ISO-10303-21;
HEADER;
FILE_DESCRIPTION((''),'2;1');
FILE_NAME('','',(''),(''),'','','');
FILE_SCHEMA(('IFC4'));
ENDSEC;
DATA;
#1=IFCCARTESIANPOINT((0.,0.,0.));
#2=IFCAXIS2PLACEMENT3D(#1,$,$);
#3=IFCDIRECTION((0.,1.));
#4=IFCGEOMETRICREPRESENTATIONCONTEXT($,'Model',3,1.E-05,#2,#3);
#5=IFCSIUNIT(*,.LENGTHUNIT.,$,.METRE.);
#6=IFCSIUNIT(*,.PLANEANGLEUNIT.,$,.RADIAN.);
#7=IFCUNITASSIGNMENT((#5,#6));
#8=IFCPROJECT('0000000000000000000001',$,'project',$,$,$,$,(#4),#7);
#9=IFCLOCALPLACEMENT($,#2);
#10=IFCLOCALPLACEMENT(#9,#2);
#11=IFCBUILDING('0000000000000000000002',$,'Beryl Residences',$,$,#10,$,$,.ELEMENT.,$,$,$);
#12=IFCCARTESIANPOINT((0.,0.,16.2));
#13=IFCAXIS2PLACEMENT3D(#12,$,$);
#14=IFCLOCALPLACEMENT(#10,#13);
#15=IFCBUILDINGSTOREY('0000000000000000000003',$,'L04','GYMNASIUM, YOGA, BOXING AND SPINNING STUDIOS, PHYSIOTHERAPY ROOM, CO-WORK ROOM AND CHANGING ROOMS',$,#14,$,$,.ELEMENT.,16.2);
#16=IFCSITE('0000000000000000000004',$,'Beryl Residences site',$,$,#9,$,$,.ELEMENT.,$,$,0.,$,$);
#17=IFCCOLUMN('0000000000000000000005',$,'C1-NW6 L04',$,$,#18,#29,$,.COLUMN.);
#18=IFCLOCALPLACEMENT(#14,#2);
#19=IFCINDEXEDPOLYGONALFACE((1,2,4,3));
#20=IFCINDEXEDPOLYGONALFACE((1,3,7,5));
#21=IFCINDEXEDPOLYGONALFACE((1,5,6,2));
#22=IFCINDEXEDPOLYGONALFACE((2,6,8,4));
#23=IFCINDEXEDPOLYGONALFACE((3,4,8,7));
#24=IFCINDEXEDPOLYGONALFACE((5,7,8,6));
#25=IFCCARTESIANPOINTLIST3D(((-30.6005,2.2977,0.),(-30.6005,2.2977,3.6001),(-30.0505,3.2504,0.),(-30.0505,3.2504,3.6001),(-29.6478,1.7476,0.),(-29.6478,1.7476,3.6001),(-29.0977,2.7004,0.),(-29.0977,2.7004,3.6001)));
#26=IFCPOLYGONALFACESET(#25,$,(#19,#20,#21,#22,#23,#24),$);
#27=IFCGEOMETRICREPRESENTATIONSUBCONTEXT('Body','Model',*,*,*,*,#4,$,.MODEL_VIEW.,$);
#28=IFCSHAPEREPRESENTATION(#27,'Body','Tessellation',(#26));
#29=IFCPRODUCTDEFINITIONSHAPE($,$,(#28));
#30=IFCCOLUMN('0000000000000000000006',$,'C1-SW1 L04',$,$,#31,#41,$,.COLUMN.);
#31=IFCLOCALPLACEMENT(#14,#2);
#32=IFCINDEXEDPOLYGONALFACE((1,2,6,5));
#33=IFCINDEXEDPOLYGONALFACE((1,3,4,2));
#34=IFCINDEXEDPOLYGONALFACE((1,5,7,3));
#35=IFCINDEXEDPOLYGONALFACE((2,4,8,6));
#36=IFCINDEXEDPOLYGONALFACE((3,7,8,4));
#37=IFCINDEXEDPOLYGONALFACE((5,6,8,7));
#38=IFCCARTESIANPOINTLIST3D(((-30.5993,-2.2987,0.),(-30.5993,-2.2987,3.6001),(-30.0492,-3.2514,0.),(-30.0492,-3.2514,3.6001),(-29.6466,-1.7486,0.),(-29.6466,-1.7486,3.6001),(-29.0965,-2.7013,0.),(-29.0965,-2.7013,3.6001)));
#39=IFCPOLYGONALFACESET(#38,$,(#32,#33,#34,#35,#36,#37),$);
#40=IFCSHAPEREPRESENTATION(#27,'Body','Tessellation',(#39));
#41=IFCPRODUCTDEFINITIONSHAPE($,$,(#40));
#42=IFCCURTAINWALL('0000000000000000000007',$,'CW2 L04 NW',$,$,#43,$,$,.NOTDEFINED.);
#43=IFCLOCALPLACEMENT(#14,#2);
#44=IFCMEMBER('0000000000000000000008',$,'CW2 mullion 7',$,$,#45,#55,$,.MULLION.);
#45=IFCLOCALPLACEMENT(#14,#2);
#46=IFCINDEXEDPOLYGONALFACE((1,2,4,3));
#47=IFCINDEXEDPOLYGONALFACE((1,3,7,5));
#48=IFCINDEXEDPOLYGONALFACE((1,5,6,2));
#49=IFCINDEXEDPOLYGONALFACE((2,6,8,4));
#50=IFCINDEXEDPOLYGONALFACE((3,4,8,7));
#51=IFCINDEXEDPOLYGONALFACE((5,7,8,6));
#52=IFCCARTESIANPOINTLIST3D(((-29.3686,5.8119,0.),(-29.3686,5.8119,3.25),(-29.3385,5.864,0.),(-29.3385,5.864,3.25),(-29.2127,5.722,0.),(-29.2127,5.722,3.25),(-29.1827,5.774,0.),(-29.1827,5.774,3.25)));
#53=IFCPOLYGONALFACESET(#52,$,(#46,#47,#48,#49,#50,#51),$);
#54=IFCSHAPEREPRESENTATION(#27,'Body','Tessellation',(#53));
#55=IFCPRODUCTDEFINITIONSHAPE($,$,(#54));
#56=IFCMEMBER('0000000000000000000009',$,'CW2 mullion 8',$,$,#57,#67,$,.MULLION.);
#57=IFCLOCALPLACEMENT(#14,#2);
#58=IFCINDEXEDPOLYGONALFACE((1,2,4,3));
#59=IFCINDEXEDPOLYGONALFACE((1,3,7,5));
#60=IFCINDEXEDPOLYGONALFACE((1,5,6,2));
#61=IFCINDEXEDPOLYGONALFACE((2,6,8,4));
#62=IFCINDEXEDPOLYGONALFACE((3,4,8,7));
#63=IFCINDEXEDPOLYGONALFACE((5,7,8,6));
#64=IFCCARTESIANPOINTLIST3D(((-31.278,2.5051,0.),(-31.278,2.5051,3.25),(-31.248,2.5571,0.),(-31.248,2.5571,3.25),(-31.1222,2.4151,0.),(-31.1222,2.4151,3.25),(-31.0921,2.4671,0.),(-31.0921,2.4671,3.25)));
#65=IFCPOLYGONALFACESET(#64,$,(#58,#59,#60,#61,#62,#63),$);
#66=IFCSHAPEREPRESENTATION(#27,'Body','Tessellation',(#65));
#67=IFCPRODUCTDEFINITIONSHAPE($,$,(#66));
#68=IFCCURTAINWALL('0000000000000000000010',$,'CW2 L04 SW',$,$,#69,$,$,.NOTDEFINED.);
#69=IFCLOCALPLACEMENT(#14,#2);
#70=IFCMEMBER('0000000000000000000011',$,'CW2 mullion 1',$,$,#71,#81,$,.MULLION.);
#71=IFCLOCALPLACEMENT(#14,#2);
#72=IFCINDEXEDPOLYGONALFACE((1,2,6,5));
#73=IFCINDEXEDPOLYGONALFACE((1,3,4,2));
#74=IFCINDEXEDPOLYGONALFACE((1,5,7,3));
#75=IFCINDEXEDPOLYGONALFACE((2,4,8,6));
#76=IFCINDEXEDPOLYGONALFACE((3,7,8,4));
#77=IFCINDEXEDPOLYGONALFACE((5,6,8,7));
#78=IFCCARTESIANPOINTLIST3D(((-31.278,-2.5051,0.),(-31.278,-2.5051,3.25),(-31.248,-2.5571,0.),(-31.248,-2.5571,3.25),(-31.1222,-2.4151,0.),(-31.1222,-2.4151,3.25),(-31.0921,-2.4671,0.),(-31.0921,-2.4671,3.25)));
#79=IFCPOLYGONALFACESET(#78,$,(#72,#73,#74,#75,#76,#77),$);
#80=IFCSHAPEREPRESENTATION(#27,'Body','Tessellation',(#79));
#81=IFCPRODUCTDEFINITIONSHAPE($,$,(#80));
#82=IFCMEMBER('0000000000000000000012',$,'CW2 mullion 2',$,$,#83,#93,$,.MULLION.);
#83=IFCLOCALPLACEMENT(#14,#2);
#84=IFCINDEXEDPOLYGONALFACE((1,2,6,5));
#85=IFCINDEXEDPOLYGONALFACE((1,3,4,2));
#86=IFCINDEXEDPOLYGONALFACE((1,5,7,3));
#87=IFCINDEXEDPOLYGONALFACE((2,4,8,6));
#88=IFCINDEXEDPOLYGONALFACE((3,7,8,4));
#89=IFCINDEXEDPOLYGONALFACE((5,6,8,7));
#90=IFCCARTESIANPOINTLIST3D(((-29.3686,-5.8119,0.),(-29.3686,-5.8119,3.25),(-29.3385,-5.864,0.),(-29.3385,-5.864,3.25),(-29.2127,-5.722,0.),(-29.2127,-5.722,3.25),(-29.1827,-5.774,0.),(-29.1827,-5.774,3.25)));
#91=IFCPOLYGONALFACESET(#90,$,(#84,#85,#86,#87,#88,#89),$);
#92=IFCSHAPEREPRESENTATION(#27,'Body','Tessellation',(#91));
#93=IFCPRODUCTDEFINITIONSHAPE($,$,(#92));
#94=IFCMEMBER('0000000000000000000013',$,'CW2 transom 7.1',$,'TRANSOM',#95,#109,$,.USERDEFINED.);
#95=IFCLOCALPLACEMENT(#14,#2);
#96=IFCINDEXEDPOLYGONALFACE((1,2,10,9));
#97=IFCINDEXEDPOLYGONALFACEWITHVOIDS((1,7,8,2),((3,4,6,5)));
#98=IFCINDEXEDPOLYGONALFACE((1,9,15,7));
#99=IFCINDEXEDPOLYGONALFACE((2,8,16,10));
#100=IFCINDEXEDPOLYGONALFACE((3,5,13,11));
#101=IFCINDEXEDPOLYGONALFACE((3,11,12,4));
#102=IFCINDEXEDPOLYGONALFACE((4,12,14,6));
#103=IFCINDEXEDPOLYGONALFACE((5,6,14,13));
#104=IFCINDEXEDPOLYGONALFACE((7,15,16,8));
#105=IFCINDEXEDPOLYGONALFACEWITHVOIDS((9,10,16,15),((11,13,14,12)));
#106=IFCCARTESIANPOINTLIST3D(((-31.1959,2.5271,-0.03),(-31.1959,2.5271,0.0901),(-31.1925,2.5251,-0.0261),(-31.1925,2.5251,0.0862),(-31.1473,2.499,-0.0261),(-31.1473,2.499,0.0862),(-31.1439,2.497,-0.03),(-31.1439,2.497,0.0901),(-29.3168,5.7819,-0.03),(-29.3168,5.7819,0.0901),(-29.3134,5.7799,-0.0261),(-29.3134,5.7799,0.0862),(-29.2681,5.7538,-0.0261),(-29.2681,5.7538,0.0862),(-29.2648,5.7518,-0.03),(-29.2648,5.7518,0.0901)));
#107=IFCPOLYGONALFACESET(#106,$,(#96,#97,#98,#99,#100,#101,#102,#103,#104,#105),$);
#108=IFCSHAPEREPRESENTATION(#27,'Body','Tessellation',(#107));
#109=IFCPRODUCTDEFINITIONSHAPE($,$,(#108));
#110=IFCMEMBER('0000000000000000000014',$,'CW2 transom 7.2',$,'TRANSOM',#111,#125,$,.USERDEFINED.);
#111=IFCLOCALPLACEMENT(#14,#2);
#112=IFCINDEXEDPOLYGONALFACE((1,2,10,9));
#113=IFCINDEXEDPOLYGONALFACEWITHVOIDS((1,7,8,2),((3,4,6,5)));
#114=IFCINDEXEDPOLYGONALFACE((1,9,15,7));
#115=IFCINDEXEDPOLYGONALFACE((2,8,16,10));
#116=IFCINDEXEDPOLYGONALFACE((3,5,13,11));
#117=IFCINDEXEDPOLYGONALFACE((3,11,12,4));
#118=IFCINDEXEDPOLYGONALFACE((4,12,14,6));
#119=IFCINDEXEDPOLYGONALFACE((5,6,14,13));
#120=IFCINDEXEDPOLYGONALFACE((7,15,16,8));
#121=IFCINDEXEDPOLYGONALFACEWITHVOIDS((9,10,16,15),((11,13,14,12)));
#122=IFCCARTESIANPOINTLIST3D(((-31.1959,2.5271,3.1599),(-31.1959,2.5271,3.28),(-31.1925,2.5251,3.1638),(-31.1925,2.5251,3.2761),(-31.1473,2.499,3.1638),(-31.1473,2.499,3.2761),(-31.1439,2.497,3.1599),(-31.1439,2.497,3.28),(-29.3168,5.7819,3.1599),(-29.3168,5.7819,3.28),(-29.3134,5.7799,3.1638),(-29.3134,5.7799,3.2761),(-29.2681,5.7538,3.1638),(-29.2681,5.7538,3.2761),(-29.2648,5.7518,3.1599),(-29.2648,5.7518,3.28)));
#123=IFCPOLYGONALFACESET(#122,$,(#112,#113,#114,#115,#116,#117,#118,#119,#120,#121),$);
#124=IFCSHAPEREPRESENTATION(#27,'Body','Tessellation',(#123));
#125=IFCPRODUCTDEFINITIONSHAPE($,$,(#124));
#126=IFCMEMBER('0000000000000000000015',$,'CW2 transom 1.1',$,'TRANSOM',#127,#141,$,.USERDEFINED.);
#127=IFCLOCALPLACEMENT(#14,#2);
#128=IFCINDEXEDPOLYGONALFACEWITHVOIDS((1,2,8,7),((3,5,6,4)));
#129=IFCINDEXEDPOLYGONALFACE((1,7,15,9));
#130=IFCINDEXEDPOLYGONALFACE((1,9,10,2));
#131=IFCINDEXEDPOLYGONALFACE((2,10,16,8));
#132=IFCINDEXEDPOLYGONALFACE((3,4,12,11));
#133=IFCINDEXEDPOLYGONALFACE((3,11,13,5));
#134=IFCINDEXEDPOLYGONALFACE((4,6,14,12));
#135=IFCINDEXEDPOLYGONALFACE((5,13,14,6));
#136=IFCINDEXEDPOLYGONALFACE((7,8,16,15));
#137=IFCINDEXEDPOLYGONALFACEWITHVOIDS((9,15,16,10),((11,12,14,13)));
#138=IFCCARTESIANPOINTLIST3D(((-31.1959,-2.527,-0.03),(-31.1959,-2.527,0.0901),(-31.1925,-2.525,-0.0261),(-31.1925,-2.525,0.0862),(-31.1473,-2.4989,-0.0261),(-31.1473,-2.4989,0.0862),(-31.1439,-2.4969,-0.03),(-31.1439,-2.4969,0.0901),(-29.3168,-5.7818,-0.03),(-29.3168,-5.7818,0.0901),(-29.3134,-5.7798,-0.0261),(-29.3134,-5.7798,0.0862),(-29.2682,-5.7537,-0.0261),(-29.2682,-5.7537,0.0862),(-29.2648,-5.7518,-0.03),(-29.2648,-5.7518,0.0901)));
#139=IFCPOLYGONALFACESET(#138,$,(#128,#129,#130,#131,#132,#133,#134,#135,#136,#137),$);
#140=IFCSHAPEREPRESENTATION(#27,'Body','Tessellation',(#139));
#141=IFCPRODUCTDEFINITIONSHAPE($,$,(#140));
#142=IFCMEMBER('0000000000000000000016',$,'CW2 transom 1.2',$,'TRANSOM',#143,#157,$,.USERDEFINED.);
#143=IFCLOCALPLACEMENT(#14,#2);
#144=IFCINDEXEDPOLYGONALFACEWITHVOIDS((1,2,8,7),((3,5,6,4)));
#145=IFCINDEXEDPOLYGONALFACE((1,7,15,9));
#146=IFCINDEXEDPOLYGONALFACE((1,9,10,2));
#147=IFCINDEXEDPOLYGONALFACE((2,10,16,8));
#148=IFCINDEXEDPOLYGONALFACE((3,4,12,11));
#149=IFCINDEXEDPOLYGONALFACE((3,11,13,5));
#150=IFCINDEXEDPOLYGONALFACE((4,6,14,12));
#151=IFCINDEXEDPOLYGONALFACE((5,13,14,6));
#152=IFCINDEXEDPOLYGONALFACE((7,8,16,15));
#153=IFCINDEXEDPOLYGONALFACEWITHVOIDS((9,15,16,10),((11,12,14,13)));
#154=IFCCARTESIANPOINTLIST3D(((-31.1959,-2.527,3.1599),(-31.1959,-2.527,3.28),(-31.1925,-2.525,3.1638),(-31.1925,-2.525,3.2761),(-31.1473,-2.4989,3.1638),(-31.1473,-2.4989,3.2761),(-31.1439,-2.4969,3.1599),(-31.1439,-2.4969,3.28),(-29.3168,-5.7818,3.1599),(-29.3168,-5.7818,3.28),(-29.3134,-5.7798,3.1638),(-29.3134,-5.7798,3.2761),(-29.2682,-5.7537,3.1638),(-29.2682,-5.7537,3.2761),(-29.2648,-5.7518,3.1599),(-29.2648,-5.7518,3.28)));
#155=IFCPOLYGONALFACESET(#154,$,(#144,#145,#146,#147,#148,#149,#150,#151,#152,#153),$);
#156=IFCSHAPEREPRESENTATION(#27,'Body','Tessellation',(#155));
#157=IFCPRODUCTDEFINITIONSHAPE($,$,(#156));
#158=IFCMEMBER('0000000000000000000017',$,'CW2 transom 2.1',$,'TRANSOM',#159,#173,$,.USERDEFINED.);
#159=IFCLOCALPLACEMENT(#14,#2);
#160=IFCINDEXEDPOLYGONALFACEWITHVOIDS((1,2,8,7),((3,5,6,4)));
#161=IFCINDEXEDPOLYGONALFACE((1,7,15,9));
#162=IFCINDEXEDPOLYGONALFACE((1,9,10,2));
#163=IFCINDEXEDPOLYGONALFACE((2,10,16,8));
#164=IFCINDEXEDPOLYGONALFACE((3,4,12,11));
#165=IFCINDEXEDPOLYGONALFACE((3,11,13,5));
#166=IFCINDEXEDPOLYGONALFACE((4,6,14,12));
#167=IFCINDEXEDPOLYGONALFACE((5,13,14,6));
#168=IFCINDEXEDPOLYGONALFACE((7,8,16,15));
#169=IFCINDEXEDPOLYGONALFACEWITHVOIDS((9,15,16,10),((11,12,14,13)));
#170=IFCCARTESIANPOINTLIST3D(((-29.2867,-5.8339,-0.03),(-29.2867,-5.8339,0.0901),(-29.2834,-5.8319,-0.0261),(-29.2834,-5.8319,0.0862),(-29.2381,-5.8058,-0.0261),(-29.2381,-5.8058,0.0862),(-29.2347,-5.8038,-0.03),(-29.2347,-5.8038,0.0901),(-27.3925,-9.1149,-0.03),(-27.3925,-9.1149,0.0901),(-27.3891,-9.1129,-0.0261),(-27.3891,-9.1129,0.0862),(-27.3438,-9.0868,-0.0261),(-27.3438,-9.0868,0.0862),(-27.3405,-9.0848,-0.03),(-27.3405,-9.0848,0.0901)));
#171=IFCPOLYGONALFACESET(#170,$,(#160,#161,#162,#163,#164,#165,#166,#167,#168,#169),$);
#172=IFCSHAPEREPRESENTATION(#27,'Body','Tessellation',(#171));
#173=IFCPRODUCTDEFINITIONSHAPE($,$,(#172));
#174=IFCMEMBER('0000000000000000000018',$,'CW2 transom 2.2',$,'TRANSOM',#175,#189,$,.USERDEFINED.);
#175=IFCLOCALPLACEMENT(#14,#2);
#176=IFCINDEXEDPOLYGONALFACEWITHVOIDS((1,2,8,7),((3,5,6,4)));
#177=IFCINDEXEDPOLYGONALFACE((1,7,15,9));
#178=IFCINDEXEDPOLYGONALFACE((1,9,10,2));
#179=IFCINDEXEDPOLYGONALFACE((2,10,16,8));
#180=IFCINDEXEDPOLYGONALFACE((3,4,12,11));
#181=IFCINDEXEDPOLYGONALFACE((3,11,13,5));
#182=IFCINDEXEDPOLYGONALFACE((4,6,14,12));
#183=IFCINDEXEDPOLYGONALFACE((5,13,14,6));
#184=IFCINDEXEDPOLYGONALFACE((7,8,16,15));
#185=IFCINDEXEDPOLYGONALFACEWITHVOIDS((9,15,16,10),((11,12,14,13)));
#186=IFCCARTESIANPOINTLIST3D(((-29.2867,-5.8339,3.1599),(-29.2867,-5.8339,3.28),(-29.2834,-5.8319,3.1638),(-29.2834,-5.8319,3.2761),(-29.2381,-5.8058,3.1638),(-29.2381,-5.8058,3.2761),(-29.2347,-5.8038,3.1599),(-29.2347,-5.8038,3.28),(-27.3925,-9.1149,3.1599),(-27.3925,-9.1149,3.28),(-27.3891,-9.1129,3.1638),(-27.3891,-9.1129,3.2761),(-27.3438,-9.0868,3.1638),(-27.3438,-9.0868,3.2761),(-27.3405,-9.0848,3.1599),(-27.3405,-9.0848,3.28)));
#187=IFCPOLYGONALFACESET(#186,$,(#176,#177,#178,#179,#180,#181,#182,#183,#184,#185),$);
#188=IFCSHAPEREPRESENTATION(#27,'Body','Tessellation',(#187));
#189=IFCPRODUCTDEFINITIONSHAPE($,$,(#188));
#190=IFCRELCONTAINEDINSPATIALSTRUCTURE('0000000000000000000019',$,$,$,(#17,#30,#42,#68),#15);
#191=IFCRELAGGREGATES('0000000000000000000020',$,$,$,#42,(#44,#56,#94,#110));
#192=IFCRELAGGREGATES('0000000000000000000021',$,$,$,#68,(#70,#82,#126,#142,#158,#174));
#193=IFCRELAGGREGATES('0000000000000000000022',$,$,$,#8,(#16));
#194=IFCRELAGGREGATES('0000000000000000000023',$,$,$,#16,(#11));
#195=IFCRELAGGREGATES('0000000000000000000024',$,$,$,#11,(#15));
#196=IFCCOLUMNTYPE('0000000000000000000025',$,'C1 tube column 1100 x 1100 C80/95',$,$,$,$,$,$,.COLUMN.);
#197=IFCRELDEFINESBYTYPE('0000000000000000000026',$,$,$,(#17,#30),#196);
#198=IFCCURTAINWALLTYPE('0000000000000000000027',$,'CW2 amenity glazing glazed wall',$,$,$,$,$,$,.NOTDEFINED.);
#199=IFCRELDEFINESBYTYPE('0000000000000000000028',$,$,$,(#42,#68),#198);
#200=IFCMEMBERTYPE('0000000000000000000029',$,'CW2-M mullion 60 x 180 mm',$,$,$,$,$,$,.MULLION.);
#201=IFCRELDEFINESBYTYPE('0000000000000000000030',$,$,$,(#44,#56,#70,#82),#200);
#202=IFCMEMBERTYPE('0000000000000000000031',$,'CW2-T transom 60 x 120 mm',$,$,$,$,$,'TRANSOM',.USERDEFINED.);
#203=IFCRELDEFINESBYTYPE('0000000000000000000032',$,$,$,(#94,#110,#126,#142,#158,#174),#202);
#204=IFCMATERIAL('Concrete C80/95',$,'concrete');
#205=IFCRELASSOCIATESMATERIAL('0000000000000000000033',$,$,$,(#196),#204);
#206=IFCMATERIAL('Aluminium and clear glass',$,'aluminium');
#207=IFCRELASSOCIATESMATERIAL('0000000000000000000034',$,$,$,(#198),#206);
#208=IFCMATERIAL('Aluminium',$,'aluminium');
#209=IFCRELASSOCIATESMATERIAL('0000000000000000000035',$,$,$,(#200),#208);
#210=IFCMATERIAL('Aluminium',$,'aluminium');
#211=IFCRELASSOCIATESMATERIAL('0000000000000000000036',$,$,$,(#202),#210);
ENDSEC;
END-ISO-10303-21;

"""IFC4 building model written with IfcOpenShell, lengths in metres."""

from ifc_helpers import new_model, si_unit, direction, frame, origin, origin_2d, place, context, subcontext, project, spatial, rectangle, hollow_rectangle, extrude, material, material_profile, profile_set, type_object, element, aggregate, save


model = new_model("IFC4")

# Units and contexts
model_context = context("Model", 3, precision=1e-05, world=origin(), true_north=direction((0.0, 1.0)))
body_context = subcontext(model_context, "Body", "Model", "MODEL_VIEW")
ifc_project = project(units=[si_unit("LENGTHUNIT", "METRE"), si_unit("PLANEANGLEUNIT", "RADIAN")], contexts=[model_context])

# Site, building, storey
site_placement = place(None, origin())
site = spatial("IfcSite", under=ifc_project, at=site_placement, Name="Beryl Residences site", CompositionType="ELEMENT", RefElevation=0.0)
building_placement = place(site_placement, origin())
building = spatial("IfcBuilding", under=site, at=building_placement, Name="Beryl Residences", CompositionType="ELEMENT")
storey_placement = place(building_placement, frame((0.0, 0.0, 16.2)))
storey = spatial("IfcBuildingStorey", under=building, at=storey_placement, Name="L04", Description="GYMNASIUM, YOGA, BOXING AND SPINNING STUDIOS, PHYSIOTHERAPY ROOM, CO-WORK ROOM AND CHANGING ROOMS", CompositionType="ELEMENT", Elevation=16.2)

# Columns
ifc_material_1 = material(Name="Concrete C80/95", Category="concrete")
ifc_material_profile_1 = material_profile(ifc_material_1, rectangle(XDim=1.1001, YDim=1.1001, at=origin_2d()))
ifc_profile_set_1 = profile_set([ifc_material_profile_1], Name="Concrete C80/95")
column_type = type_object("IfcColumnType", Name="C1 tube column 1100 x 1100 C80/95", PredefinedType="COLUMN", material=ifc_profile_set_1)
for number, where, z_axis, x_axis, name in (
    (1, (-29.8491, 2.499, 0.0), (0.0, 0.0, 1.0), (-0.499985, -0.866034, 0.0), "C1-NW6 L04"),
    (2, (-29.8479, -2.5, 0.0), (0.0, 0.0, 1.0), (0.499985, -0.866034, 0.0), "C1-SW1 L04"),
):
    element("IfcColumn", number, at=place(storey_placement, frame(where, z_axis=z_axis, x_axis=x_axis)), inside=storey, type_object=column_type, Name=name, PredefinedType="COLUMN", context=body_context, shape_type="SweptSolid", body=[
        extrude(rectangle(XDim=1.1001, YDim=1.1001, at=origin_2d()), origin(), (0.0, 0.0, 1.0), 3.6001),
    ])

# Curtain walls, members
ifc_material_2 = material(Name="Aluminium and clear glass", Category="aluminium")
curtain_wall_type = type_object("IfcCurtainWallType", Name="CW2 amenity glazing glazed wall", PredefinedType="NOTDEFINED", material=ifc_material_2)
curtain_wall_1_placement = place(storey_placement, origin())
curtain_wall_1 = element("IfcCurtainWall", 3, at=curtain_wall_1_placement, inside=storey, type_object=curtain_wall_type, Name="CW2 L04 NW", PredefinedType="NOTDEFINED")
ifc_material_3 = material(Name="Aluminium", Category="aluminium")
ifc_material_profile_2 = material_profile(ifc_material_3, rectangle(XDim=0.0601, YDim=0.1799, at=origin_2d()))
ifc_profile_set_2 = profile_set([ifc_material_profile_2], Name="Aluminium")
member_type_1 = type_object("IfcMemberType", Name="CW2-M mullion 60 x 180 mm", PredefinedType="MULLION", material=ifc_profile_set_2)
member_1_placement = place(storey_placement, frame((-29.2756, 5.793, 0.0), z_axis=(0.0, 0.0, 1.0), x_axis=(-0.500012, -0.866019, 0.0)))
member_1 = element("IfcMember", 4, at=member_1_placement, type_object=member_type_1, Name="CW2 mullion 7", PredefinedType="MULLION", context=body_context, shape_type="SweptSolid", body=[
    extrude(rectangle(XDim=0.0601, YDim=0.1799, at=origin_2d()), origin(), (0.0, 0.0, 1.0), 3.25),
])
member_2_placement = place(storey_placement, frame((-31.1851, 2.4861, 0.0), z_axis=(0.0, 0.0, 1.0), x_axis=(-0.500012, -0.866019, 0.0)))
member_2 = element("IfcMember", 5, at=member_2_placement, type_object=member_type_1, Name="CW2 mullion 8", PredefinedType="MULLION", context=body_context, shape_type="SweptSolid", body=[
    extrude(rectangle(XDim=0.0601, YDim=0.1799, at=origin_2d()), origin(), (0.0, 0.0, 1.0), 3.25),
])
curtain_wall_2_placement = place(storey_placement, origin())
curtain_wall_2 = element("IfcCurtainWall", 6, at=curtain_wall_2_placement, inside=storey, type_object=curtain_wall_type, Name="CW2 L04 SW", PredefinedType="NOTDEFINED")
member_3_placement = place(storey_placement, frame((-31.1851, -2.4861, 0.0), z_axis=(0.0, 0.0, 1.0), x_axis=(0.500012, -0.866019, 0.0)))
member_3 = element("IfcMember", 7, at=member_3_placement, type_object=member_type_1, Name="CW2 mullion 1", PredefinedType="MULLION", context=body_context, shape_type="SweptSolid", body=[
    extrude(rectangle(XDim=0.0601, YDim=0.1799, at=origin_2d()), origin(), (0.0, 0.0, 1.0), 3.25),
])
member_4_placement = place(storey_placement, frame((-29.2756, -5.793, 0.0), z_axis=(0.0, 0.0, 1.0), x_axis=(0.500012, -0.866019, 0.0)))
member_4 = element("IfcMember", 8, at=member_4_placement, type_object=member_type_1, Name="CW2 mullion 2", PredefinedType="MULLION", context=body_context, shape_type="SweptSolid", body=[
    extrude(rectangle(XDim=0.0601, YDim=0.1799, at=origin_2d()), origin(), (0.0, 0.0, 1.0), 3.25),
])

# Members
ifc_material_4 = material(Name="Aluminium", Category="aluminium")
ifc_material_profile_3 = material_profile(ifc_material_4, hollow_rectangle(XDim=0.0601, YDim=0.1201, WallThickness=0.0039, at=origin_2d()))
ifc_profile_set_3 = profile_set([ifc_material_profile_3], Name="Aluminium")
member_type_2 = type_object("IfcMemberType", Name="CW2-T transom 60 x 120 mm", ElementType="TRANSOM", PredefinedType="USERDEFINED", material=ifc_profile_set_3)
member_5_placement = place(storey_placement, frame((-29.2908, 5.7668, 0.03), z_axis=(-0.499989, -0.866032, 0.0), x_axis=(0.866032, -0.499989, 0.0)))
member_5 = element("IfcMember", 9, at=member_5_placement, type_object=member_type_2, Name="CW2 transom 7.1", ObjectType="TRANSOM", PredefinedType="USERDEFINED", context=body_context, shape_type="SweptSolid", body=[
    extrude(hollow_rectangle(XDim=0.0601, YDim=0.1201, WallThickness=0.0039, at=origin_2d()), origin(), (0.0, 0.0, 1.0), 3.7583),
])
member_6_placement = place(storey_placement, frame((-29.2908, 5.7668, 3.22), z_axis=(-0.499989, -0.866032, 0.0), x_axis=(0.866032, -0.499989, 0.0)))
member_6 = element("IfcMember", 10, at=member_6_placement, type_object=member_type_2, Name="CW2 transom 7.2", ObjectType="TRANSOM", PredefinedType="USERDEFINED", context=body_context, shape_type="SweptSolid", body=[
    extrude(hollow_rectangle(XDim=0.0601, YDim=0.1201, WallThickness=0.0039, at=origin_2d()), origin(), (0.0, 0.0, 1.0), 3.7583),
])
member_7_placement = place(storey_placement, frame((-31.1699, -2.512, 0.03), z_axis=(0.499989, -0.866032, 0.0), x_axis=(0.866032, 0.499989, 0.0)))
member_7 = element("IfcMember", 11, at=member_7_placement, type_object=member_type_2, Name="CW2 transom 1.1", ObjectType="TRANSOM", PredefinedType="USERDEFINED", context=body_context, shape_type="SweptSolid", body=[
    extrude(hollow_rectangle(XDim=0.0601, YDim=0.1201, WallThickness=0.0039, at=origin_2d()), origin(), (0.0, 0.0, 1.0), 3.7583),
])
member_8_placement = place(storey_placement, frame((-31.1699, -2.512, 3.22), z_axis=(0.499989, -0.866032, 0.0), x_axis=(0.866032, 0.499989, 0.0)))
member_8 = element("IfcMember", 12, at=member_8_placement, type_object=member_type_2, Name="CW2 transom 1.2", ObjectType="TRANSOM", PredefinedType="USERDEFINED", context=body_context, shape_type="SweptSolid", body=[
    extrude(hollow_rectangle(XDim=0.0601, YDim=0.1201, WallThickness=0.0039, at=origin_2d()), origin(), (0.0, 0.0, 1.0), 3.7583),
])
member_9_placement = place(storey_placement, frame((-29.2607, -5.8188, 0.03), z_axis=(0.5, -0.866026, 0.0), x_axis=(0.866026, 0.5, 0.0)))
member_9 = element("IfcMember", 13, at=member_9_placement, type_object=member_type_2, Name="CW2 transom 2.1", ObjectType="TRANSOM", PredefinedType="USERDEFINED", context=body_context, shape_type="SweptSolid", body=[
    extrude(hollow_rectangle(XDim=0.0601, YDim=0.1201, WallThickness=0.0039, at=origin_2d()), origin(), (0.0, 0.0, 1.0), 3.7886),
])
member_10_placement = place(storey_placement, frame((-29.2607, -5.8188, 3.22), z_axis=(0.5, -0.866026, 0.0), x_axis=(0.866026, 0.5, 0.0)))
member_10 = element("IfcMember", 14, at=member_10_placement, type_object=member_type_2, Name="CW2 transom 2.2", ObjectType="TRANSOM", PredefinedType="USERDEFINED", context=body_context, shape_type="SweptSolid", body=[
    extrude(hollow_rectangle(XDim=0.0601, YDim=0.1201, WallThickness=0.0039, at=origin_2d()), origin(), (0.0, 0.0, 1.0), 3.7886),
])

aggregate(curtain_wall_1, [member_1, member_2, member_5, member_6])
aggregate(curtain_wall_2, [member_3, member_4, member_7, member_8, member_9, member_10])

save(model, "model.ifc")
